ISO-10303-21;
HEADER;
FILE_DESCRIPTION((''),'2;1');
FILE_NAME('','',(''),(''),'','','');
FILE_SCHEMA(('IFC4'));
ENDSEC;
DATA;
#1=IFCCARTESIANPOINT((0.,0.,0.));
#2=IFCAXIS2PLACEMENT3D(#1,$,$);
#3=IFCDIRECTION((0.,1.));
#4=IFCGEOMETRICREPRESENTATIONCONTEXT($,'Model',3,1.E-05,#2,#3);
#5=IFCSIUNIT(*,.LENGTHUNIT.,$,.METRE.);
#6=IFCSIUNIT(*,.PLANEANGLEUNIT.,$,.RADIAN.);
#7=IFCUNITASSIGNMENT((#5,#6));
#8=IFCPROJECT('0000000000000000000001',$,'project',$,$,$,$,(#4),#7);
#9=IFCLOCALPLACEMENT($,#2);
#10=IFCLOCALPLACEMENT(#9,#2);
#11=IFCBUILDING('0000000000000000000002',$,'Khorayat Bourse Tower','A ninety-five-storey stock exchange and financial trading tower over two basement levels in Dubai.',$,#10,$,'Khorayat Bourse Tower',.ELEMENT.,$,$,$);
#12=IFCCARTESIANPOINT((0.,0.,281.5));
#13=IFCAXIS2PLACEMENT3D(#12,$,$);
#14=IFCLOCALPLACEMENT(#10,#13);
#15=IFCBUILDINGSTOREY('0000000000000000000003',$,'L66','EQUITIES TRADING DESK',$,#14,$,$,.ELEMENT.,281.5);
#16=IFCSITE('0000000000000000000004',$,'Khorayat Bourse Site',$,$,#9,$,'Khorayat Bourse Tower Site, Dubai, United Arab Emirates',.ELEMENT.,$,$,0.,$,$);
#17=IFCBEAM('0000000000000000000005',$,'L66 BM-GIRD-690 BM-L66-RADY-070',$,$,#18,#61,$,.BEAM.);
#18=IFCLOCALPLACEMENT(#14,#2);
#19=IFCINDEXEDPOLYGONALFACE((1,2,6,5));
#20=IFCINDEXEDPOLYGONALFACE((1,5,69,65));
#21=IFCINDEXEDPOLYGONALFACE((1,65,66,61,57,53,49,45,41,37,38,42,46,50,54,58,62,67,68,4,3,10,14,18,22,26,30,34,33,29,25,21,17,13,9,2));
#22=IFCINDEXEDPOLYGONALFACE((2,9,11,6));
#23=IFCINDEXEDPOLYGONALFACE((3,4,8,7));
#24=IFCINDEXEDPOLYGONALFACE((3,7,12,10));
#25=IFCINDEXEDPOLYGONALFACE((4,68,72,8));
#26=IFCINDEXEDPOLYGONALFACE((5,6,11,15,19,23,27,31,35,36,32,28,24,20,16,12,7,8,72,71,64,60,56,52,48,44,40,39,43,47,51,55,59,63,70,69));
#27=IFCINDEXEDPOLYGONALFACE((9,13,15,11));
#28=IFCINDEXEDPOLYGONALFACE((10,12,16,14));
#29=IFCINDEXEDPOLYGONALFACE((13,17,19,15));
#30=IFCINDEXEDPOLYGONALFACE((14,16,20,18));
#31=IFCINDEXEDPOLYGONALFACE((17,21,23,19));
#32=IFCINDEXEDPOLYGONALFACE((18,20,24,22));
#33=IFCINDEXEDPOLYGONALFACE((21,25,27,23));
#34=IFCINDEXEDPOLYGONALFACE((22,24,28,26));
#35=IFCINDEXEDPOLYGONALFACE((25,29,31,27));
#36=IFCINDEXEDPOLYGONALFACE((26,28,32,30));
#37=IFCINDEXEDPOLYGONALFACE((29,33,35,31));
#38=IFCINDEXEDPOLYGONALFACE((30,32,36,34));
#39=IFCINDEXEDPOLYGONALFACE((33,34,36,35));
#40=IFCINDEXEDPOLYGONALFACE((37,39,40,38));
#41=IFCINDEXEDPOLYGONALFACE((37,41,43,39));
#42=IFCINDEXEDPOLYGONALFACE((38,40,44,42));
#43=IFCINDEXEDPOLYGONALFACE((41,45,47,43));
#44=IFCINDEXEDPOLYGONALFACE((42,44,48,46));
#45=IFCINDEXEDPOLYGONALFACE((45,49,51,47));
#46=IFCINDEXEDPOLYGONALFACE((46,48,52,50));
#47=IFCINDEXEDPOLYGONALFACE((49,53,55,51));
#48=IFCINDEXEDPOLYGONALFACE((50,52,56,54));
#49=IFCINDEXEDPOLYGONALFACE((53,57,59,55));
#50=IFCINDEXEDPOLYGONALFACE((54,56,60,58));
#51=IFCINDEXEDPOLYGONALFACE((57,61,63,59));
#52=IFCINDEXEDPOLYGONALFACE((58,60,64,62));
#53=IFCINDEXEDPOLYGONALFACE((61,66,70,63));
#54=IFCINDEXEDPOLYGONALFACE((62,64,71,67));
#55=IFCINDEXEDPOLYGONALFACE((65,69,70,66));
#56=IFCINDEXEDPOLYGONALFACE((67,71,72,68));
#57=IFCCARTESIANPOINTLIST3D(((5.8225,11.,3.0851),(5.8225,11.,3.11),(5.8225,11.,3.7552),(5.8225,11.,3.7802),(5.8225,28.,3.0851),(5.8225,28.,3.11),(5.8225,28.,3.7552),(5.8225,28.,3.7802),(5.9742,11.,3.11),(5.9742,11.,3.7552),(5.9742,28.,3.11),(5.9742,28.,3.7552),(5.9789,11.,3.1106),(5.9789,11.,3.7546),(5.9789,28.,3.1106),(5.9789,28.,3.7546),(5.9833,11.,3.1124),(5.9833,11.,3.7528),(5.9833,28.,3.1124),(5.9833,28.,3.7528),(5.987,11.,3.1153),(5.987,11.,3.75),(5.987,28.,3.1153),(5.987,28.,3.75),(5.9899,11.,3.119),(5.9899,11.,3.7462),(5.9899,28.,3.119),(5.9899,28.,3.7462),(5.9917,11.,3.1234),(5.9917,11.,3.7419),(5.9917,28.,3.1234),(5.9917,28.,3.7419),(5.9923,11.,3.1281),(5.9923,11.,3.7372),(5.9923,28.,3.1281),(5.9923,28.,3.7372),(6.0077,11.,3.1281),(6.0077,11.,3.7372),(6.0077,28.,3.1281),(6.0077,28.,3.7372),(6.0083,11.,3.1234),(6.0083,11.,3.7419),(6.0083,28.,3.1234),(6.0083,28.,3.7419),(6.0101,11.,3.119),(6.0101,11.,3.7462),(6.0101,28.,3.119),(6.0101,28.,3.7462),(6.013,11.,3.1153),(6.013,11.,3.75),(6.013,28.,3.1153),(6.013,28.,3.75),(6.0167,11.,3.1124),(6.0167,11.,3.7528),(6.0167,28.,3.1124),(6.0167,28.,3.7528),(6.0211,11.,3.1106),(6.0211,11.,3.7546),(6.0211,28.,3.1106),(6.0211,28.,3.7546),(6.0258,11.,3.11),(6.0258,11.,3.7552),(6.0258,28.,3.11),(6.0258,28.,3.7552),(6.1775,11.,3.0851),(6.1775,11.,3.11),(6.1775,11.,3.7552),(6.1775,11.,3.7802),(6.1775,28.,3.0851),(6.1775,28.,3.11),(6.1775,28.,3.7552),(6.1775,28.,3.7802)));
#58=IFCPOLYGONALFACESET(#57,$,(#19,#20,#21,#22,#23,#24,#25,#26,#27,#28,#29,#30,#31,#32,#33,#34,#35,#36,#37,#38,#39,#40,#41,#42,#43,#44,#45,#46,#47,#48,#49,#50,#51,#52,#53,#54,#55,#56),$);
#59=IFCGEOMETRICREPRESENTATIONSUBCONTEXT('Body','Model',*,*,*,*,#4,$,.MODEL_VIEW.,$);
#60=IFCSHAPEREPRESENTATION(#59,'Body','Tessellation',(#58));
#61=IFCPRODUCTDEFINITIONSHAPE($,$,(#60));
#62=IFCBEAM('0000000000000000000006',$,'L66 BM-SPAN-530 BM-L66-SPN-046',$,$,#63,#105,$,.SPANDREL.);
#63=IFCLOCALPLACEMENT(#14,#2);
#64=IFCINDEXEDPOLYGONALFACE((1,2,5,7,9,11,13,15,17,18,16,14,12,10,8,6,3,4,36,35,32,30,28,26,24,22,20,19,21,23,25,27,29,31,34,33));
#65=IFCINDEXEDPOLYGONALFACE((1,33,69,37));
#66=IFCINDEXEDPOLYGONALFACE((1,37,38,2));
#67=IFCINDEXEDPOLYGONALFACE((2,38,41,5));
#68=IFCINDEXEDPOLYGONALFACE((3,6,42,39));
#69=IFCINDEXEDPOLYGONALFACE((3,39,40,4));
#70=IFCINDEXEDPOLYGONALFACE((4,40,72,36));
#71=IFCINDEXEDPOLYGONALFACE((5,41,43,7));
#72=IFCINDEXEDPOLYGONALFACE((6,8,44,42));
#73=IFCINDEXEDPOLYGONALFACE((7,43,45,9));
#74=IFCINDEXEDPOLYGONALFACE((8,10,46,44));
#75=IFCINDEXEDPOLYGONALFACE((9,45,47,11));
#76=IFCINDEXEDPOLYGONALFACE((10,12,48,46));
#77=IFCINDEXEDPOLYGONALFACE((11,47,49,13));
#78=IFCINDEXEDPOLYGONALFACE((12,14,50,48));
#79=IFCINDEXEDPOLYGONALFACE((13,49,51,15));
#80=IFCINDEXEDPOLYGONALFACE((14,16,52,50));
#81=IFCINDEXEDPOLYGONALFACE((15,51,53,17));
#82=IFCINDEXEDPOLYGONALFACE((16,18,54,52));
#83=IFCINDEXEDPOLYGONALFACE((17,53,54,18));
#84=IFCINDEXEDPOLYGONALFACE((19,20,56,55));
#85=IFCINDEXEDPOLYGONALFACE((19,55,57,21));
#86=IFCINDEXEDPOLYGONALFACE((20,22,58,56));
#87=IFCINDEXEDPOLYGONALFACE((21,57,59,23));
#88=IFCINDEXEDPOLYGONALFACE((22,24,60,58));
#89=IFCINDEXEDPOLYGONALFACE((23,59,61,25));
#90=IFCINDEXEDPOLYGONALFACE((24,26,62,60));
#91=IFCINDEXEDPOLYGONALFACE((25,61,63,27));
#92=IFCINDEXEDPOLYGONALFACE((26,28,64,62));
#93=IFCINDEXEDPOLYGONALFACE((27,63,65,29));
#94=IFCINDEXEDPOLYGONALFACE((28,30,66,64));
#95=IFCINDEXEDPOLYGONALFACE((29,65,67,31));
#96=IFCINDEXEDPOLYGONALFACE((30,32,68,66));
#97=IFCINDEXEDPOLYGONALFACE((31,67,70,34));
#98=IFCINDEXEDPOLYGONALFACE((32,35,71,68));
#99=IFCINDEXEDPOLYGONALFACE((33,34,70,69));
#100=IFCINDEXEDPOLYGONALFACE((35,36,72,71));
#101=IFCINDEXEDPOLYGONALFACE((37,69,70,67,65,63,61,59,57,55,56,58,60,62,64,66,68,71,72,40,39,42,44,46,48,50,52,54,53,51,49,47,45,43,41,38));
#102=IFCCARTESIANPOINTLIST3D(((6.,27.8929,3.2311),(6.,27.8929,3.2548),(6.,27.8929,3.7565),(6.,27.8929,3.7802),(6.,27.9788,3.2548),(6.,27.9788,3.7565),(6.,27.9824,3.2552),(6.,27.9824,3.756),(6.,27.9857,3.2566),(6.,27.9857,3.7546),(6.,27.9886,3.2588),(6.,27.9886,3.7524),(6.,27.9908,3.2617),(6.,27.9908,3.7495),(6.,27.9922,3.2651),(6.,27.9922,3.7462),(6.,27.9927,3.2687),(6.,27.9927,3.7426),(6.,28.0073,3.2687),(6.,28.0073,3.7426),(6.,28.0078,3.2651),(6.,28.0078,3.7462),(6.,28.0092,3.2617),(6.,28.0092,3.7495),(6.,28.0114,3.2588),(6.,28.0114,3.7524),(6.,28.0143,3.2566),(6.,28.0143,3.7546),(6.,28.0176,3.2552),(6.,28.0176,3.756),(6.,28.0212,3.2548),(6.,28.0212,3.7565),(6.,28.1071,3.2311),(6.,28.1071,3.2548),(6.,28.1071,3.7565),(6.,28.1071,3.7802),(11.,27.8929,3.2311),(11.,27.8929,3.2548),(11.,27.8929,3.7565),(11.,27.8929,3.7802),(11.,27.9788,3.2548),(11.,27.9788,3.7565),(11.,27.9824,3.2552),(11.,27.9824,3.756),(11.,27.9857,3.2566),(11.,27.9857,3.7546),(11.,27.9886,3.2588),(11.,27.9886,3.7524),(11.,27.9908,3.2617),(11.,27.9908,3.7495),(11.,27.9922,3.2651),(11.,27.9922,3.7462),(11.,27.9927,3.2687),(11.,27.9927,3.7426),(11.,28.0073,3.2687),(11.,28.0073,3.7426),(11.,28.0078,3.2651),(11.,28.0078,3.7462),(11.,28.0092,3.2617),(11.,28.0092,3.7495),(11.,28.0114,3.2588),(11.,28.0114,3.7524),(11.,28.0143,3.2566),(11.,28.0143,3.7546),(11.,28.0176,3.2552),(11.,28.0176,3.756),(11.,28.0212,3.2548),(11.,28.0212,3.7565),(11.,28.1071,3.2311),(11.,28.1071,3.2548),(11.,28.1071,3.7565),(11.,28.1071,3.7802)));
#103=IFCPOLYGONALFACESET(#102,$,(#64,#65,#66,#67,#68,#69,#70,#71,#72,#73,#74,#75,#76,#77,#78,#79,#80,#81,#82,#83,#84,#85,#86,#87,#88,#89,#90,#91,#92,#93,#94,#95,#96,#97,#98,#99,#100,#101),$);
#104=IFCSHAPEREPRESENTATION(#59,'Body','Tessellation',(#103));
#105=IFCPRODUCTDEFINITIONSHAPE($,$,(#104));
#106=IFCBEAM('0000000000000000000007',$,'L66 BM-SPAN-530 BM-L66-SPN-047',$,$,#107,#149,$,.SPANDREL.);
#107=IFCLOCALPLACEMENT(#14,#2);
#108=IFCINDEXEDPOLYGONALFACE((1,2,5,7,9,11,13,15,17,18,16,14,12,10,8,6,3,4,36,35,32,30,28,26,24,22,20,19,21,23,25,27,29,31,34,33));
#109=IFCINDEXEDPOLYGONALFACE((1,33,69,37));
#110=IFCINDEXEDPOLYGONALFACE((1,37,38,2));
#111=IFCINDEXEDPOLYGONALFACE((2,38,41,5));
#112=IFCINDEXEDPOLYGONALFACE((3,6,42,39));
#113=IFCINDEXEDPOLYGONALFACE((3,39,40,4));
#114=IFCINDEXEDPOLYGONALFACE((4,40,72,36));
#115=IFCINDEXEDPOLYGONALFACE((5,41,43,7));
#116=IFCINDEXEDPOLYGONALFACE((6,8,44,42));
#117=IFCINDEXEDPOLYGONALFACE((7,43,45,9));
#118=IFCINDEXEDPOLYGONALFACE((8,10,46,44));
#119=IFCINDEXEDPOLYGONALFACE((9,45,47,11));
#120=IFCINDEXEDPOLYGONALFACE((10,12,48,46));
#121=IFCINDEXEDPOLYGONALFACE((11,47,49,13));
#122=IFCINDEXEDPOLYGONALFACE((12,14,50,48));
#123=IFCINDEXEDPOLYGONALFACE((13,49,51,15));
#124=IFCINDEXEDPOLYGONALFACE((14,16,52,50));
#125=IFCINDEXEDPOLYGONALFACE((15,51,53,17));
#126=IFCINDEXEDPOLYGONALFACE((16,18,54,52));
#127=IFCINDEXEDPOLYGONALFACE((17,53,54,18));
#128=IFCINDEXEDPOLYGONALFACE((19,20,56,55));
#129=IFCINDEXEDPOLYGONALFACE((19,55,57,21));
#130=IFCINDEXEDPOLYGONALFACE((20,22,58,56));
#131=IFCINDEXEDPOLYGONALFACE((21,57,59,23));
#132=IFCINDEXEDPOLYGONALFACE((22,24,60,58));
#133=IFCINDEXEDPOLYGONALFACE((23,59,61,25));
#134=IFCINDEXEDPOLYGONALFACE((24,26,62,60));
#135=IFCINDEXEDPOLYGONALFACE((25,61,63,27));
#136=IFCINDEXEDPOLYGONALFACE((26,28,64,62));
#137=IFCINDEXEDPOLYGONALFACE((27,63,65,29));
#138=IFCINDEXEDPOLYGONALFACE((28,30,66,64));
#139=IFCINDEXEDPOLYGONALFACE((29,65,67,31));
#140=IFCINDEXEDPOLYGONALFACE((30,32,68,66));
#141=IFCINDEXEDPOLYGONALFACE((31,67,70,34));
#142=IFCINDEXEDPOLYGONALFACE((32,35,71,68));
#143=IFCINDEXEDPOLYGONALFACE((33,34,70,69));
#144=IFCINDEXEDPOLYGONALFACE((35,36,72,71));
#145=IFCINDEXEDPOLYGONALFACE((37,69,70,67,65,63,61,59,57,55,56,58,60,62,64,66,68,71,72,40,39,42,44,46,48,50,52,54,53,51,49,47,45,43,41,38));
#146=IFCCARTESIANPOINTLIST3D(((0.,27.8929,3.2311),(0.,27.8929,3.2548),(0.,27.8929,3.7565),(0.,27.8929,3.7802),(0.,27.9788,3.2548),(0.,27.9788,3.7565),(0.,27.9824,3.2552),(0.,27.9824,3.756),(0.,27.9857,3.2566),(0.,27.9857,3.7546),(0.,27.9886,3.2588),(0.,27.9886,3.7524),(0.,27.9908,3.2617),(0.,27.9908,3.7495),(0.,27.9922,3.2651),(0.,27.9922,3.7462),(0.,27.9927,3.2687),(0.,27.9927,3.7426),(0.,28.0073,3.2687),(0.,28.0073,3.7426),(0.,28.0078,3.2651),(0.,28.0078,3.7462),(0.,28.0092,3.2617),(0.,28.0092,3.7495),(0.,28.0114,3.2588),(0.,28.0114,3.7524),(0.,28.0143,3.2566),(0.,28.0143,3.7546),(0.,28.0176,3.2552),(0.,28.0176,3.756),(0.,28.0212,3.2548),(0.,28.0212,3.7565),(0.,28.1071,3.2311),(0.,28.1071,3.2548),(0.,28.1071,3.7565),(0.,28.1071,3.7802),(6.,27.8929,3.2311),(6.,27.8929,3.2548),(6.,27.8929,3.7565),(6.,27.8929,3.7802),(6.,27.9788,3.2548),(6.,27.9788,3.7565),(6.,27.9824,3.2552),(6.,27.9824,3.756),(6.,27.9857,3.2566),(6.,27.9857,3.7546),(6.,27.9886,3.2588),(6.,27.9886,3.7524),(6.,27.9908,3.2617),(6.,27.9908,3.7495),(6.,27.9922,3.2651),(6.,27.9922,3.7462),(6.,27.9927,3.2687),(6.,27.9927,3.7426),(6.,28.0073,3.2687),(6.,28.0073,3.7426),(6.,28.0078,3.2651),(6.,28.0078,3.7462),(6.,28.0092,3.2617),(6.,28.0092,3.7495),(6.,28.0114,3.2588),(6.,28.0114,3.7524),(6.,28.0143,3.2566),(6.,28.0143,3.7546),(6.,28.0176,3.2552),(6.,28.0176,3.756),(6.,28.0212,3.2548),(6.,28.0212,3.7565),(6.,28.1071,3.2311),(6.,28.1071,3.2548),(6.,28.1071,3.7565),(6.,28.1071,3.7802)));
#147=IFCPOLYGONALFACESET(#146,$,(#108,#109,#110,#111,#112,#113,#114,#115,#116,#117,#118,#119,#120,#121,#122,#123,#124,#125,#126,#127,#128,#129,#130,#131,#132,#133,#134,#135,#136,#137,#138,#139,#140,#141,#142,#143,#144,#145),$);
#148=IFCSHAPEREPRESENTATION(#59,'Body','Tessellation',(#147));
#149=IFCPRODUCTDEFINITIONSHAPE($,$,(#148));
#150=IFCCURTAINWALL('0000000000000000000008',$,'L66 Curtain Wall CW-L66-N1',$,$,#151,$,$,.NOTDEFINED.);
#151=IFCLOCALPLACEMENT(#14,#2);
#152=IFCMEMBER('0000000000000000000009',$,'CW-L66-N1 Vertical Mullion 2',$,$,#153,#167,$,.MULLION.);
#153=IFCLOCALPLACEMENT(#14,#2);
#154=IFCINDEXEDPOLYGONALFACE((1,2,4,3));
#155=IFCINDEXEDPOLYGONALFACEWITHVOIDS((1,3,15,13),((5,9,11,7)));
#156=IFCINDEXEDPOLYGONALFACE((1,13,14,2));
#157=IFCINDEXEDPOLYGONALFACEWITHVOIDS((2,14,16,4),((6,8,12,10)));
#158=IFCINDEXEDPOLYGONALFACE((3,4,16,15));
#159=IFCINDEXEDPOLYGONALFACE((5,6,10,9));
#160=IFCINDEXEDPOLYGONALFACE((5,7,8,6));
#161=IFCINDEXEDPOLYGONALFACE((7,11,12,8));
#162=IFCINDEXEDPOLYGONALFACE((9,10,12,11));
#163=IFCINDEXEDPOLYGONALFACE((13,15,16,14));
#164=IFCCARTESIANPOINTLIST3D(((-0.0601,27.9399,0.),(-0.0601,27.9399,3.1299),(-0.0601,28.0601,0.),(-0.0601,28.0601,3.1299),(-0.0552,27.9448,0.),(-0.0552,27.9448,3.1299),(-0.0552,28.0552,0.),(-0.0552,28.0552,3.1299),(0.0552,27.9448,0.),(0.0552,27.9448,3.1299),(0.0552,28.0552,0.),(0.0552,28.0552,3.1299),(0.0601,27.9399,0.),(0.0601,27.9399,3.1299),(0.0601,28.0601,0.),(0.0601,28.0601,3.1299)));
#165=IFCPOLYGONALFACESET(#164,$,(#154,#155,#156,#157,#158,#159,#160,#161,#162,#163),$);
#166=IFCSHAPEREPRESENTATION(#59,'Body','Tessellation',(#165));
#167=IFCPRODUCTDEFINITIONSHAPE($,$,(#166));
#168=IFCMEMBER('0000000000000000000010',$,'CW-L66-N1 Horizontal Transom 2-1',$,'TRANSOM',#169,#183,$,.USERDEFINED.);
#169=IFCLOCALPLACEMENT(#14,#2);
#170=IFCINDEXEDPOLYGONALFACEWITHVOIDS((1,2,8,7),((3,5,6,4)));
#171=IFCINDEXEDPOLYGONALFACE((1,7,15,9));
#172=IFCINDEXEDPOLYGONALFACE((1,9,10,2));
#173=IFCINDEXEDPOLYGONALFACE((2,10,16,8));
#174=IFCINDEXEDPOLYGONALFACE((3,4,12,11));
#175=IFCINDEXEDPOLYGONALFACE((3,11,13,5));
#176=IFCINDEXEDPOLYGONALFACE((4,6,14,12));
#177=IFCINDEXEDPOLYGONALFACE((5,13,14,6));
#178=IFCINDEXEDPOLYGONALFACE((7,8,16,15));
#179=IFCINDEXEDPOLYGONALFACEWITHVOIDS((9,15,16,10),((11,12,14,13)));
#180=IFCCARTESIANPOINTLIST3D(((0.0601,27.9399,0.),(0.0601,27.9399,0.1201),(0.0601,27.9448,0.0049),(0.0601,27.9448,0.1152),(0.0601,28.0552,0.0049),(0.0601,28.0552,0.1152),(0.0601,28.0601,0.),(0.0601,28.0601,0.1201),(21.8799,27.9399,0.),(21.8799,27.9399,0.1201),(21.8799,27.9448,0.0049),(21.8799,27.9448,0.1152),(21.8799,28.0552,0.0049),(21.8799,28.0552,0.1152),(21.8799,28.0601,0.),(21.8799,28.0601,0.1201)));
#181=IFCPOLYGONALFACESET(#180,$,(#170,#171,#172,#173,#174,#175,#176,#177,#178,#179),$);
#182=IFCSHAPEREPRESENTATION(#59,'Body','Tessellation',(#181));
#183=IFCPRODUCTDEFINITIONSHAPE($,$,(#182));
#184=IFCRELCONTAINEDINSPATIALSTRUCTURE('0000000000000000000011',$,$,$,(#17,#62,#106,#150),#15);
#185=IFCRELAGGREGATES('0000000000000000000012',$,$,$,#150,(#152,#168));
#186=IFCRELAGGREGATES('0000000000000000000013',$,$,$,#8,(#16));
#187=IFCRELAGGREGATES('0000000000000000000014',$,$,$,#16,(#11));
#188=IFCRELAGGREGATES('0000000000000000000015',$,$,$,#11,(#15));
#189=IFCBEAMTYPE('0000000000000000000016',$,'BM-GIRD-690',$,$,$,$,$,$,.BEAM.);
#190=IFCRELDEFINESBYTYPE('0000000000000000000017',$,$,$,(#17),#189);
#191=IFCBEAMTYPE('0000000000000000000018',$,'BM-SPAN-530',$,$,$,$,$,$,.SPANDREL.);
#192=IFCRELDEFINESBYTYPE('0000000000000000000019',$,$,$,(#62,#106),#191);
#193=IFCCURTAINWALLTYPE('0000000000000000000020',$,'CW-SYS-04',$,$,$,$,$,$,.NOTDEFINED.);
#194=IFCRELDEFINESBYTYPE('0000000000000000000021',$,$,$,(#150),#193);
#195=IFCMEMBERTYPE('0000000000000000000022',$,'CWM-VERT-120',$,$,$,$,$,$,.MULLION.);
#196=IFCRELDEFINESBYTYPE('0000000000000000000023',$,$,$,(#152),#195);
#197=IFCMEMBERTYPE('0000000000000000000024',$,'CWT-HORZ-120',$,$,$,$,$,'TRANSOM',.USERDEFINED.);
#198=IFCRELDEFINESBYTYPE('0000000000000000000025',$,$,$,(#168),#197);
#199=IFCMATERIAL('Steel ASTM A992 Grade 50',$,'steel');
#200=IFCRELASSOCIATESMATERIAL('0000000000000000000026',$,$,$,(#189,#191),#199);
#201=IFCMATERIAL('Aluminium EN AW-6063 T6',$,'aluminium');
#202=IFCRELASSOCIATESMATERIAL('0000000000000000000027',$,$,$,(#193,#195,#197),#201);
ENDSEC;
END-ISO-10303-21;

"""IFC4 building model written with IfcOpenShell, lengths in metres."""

from ifc_helpers import new_model, si_unit, direction, frame, origin, origin_2d, place, context, subcontext, project, spatial, hollow_rectangle, i_section, extrude, source, transform, mapped, material, material_profile, profile_set, type_object, element, aggregate, save


model = new_model("IFC4")

# Units and contexts
model_context = context("Model", 3, precision=1e-05, world=origin(), true_north=direction((0.0, 1.0)))
body_context = subcontext(model_context, "Body", "Model", "MODEL_VIEW")
ifc_project = project(units=[si_unit("LENGTHUNIT", "METRE"), si_unit("PLANEANGLEUNIT", "RADIAN")], contexts=[model_context])

# Site, building, storey
site_placement = place(None, origin())
site = spatial("IfcSite", under=ifc_project, at=site_placement, Name="Khorayat Bourse Site", LongName="Khorayat Bourse Tower Site, Dubai, United Arab Emirates", CompositionType="ELEMENT", RefElevation=0.0)
building_placement = place(site_placement, origin())
building = spatial("IfcBuilding", under=site, at=building_placement, Name="Khorayat Bourse Tower", Description="A ninety-five-storey stock exchange and financial trading tower over two basement levels in Dubai.", LongName="Khorayat Bourse Tower", CompositionType="ELEMENT")
storey_placement = place(building_placement, frame((0.0, 0.0, 281.5)))
storey = spatial("IfcBuildingStorey", under=building, at=storey_placement, Name="L66", Description="EQUITIES TRADING DESK", CompositionType="ELEMENT", Elevation=281.5)

# Beams
ifc_material_1 = material(Name="Steel ASTM A992 Grade 50", Category="steel")
ifc_material_profile_1 = material_profile(ifc_material_1, i_section(OverallWidth=0.355, OverallDepth=0.6951, WebThickness=0.0154, FlangeThickness=0.0249, FilletRadius=0.0181, at=origin_2d()), Name="W690X217")
ifc_profile_set_1 = profile_set([ifc_material_profile_1], Name="Steel ASTM A992 Grade 50")
beam_type_1 = type_object("IfcBeamType", Name="BM-GIRD-690", PredefinedType="BEAM", material=ifc_profile_set_1)
shared_shape_1 = source(origin(), body_context, "Body", "SweptSolid", [
    extrude(i_section(OverallWidth=0.355, OverallDepth=0.6951, WebThickness=0.0154, FlangeThickness=0.0249, FilletRadius=0.0181, at=origin_2d()), origin(), (0.0, 0.0, 1.0), 17.0),
])
for number, where, z_axis, x_axis, name in (
    (1, (6.0, 11.0, 3.4326), (0.0, 1.0, 0.0), (-1.0, 0.0, 0.0), "L66 BM-GIRD-690 BM-L66-RADY-070"),
):
    element("IfcBeam", number, at=place(storey_placement, frame(where, z_axis=z_axis, x_axis=x_axis)), inside=storey, type_object=beam_type_1, Name=name, PredefinedType="BEAM", context=body_context, shape_type="MappedRepresentation", body=[
        mapped(shared_shape_1, transform((0.0, 0.0, 0.0), scale=1.0)),
    ])
ifc_material_profile_2 = material_profile(ifc_material_1, i_section(OverallWidth=0.2141, OverallDepth=0.5491, WebThickness=0.0146, FlangeThickness=0.0237, FilletRadius=0.0139, at=origin_2d()), Name="W530X138")
ifc_profile_set_2 = profile_set([ifc_material_profile_2], Name="Steel ASTM A992 Grade 50")
beam_type_2 = type_object("IfcBeamType", Name="BM-SPAN-530", PredefinedType="SPANDREL", material=ifc_profile_set_2)
shared_shape_2 = source(origin(), body_context, "Body", "SweptSolid", [
    extrude(i_section(OverallWidth=0.2141, OverallDepth=0.5491, WebThickness=0.0146, FlangeThickness=0.0237, FilletRadius=0.0139, at=origin_2d()), origin(), (0.0, 0.0, 1.0), 5.0),
])
beam_1_placement = place(storey_placement, frame((6.0, 28.0, 3.5056), z_axis=(1.0, 0.0, 0.0), x_axis=(0.0, 1.0, 0.0)))
element("IfcBeam", 2, at=beam_1_placement, inside=storey, type_object=beam_type_2, Name="L66 BM-SPAN-530 BM-L66-SPN-046", PredefinedType="SPANDREL", context=body_context, shape_type="MappedRepresentation", body=[
    mapped(shared_shape_2, transform((0.0, 0.0, 0.0), scale=1.0)),
])
shared_shape_3 = source(origin(), body_context, "Body", "SweptSolid", [
    extrude(i_section(OverallWidth=0.2141, OverallDepth=0.5491, WebThickness=0.0146, FlangeThickness=0.0237, FilletRadius=0.0139, at=origin_2d()), origin(), (0.0, 0.0, 1.0), 6.0),
])
beam_2_placement = place(storey_placement, frame((0.0, 28.0, 3.5056), z_axis=(1.0, 0.0, 0.0), x_axis=(0.0, 1.0, 0.0)))
element("IfcBeam", 3, at=beam_2_placement, inside=storey, type_object=beam_type_2, Name="L66 BM-SPAN-530 BM-L66-SPN-047", PredefinedType="SPANDREL", context=body_context, shape_type="MappedRepresentation", body=[
    mapped(shared_shape_3, transform((0.0, 0.0, 0.0), scale=1.0)),
])

# Curtain wall, members
ifc_material_2 = material(Name="Aluminium EN AW-6063 T6", Category="aluminium")
curtain_wall_type = type_object("IfcCurtainWallType", Name="CW-SYS-04", PredefinedType="NOTDEFINED", material=ifc_material_2)
curtain_wall_placement = place(storey_placement, origin())
curtain_wall = element("IfcCurtainWall", 4, at=curtain_wall_placement, inside=storey, type_object=curtain_wall_type, Name="L66 Curtain Wall CW-L66-N1", PredefinedType="NOTDEFINED")
ifc_material_profile_3 = material_profile(ifc_material_2, hollow_rectangle(XDim=0.1201, YDim=0.1201, WallThickness=0.0049, at=origin_2d()), Name="ALU 120x120x5")
ifc_profile_set_3 = profile_set([ifc_material_profile_3], Name="Aluminium EN AW-6063 T6")
member_type_1 = type_object("IfcMemberType", Name="CWM-VERT-120", PredefinedType="MULLION", material=ifc_profile_set_3)
shared_shape_4 = source(origin(), body_context, "Body", "SweptSolid", [
    extrude(hollow_rectangle(XDim=0.1201, YDim=0.1201, WallThickness=0.0049, at=origin_2d()), origin(), (0.0, 0.0, 1.0), 3.1299),
])
member_1_placement = place(storey_placement, frame((0.0, 28.0, 0.0), z_axis=(0.0, 0.0, 1.0), x_axis=(0.0, 1.0, 0.0)))
member_1 = element("IfcMember", 5, at=member_1_placement, type_object=member_type_1, Name="CW-L66-N1 Vertical Mullion 2", PredefinedType="MULLION", context=body_context, shape_type="MappedRepresentation", body=[
    mapped(shared_shape_4, transform((0.0, 0.0, 0.0), scale=1.0)),
])
ifc_material_profile_4 = material_profile(ifc_material_2, hollow_rectangle(XDim=0.1201, YDim=0.1201, WallThickness=0.0049, at=origin_2d()), Name="ALU 120x120x5")
ifc_profile_set_4 = profile_set([ifc_material_profile_4], Name="Aluminium EN AW-6063 T6")
member_type_2 = type_object("IfcMemberType", Name="CWT-HORZ-120", ElementType="TRANSOM", PredefinedType="USERDEFINED", material=ifc_profile_set_4)
shared_shape_5 = source(origin(), body_context, "Body", "SweptSolid", [
    extrude(hollow_rectangle(XDim=0.1201, YDim=0.1201, WallThickness=0.0049, at=origin_2d()), origin(), (0.0, 0.0, 1.0), 21.8198),
])
member_2_placement = place(storey_placement, frame((0.0601, 28.0, 0.0601), z_axis=(1.0, 0.0, 0.0), x_axis=(0.0, 1.0, 0.0)))
member_2 = element("IfcMember", 6, at=member_2_placement, type_object=member_type_2, Name="CW-L66-N1 Horizontal Transom 2-1", ObjectType="TRANSOM", PredefinedType="USERDEFINED", context=body_context, shape_type="MappedRepresentation", body=[
    mapped(shared_shape_5, transform((0.0, 0.0, 0.0), scale=1.0)),
])

aggregate(curtain_wall, [member_1, member_2])

save(model, "model.ifc")
